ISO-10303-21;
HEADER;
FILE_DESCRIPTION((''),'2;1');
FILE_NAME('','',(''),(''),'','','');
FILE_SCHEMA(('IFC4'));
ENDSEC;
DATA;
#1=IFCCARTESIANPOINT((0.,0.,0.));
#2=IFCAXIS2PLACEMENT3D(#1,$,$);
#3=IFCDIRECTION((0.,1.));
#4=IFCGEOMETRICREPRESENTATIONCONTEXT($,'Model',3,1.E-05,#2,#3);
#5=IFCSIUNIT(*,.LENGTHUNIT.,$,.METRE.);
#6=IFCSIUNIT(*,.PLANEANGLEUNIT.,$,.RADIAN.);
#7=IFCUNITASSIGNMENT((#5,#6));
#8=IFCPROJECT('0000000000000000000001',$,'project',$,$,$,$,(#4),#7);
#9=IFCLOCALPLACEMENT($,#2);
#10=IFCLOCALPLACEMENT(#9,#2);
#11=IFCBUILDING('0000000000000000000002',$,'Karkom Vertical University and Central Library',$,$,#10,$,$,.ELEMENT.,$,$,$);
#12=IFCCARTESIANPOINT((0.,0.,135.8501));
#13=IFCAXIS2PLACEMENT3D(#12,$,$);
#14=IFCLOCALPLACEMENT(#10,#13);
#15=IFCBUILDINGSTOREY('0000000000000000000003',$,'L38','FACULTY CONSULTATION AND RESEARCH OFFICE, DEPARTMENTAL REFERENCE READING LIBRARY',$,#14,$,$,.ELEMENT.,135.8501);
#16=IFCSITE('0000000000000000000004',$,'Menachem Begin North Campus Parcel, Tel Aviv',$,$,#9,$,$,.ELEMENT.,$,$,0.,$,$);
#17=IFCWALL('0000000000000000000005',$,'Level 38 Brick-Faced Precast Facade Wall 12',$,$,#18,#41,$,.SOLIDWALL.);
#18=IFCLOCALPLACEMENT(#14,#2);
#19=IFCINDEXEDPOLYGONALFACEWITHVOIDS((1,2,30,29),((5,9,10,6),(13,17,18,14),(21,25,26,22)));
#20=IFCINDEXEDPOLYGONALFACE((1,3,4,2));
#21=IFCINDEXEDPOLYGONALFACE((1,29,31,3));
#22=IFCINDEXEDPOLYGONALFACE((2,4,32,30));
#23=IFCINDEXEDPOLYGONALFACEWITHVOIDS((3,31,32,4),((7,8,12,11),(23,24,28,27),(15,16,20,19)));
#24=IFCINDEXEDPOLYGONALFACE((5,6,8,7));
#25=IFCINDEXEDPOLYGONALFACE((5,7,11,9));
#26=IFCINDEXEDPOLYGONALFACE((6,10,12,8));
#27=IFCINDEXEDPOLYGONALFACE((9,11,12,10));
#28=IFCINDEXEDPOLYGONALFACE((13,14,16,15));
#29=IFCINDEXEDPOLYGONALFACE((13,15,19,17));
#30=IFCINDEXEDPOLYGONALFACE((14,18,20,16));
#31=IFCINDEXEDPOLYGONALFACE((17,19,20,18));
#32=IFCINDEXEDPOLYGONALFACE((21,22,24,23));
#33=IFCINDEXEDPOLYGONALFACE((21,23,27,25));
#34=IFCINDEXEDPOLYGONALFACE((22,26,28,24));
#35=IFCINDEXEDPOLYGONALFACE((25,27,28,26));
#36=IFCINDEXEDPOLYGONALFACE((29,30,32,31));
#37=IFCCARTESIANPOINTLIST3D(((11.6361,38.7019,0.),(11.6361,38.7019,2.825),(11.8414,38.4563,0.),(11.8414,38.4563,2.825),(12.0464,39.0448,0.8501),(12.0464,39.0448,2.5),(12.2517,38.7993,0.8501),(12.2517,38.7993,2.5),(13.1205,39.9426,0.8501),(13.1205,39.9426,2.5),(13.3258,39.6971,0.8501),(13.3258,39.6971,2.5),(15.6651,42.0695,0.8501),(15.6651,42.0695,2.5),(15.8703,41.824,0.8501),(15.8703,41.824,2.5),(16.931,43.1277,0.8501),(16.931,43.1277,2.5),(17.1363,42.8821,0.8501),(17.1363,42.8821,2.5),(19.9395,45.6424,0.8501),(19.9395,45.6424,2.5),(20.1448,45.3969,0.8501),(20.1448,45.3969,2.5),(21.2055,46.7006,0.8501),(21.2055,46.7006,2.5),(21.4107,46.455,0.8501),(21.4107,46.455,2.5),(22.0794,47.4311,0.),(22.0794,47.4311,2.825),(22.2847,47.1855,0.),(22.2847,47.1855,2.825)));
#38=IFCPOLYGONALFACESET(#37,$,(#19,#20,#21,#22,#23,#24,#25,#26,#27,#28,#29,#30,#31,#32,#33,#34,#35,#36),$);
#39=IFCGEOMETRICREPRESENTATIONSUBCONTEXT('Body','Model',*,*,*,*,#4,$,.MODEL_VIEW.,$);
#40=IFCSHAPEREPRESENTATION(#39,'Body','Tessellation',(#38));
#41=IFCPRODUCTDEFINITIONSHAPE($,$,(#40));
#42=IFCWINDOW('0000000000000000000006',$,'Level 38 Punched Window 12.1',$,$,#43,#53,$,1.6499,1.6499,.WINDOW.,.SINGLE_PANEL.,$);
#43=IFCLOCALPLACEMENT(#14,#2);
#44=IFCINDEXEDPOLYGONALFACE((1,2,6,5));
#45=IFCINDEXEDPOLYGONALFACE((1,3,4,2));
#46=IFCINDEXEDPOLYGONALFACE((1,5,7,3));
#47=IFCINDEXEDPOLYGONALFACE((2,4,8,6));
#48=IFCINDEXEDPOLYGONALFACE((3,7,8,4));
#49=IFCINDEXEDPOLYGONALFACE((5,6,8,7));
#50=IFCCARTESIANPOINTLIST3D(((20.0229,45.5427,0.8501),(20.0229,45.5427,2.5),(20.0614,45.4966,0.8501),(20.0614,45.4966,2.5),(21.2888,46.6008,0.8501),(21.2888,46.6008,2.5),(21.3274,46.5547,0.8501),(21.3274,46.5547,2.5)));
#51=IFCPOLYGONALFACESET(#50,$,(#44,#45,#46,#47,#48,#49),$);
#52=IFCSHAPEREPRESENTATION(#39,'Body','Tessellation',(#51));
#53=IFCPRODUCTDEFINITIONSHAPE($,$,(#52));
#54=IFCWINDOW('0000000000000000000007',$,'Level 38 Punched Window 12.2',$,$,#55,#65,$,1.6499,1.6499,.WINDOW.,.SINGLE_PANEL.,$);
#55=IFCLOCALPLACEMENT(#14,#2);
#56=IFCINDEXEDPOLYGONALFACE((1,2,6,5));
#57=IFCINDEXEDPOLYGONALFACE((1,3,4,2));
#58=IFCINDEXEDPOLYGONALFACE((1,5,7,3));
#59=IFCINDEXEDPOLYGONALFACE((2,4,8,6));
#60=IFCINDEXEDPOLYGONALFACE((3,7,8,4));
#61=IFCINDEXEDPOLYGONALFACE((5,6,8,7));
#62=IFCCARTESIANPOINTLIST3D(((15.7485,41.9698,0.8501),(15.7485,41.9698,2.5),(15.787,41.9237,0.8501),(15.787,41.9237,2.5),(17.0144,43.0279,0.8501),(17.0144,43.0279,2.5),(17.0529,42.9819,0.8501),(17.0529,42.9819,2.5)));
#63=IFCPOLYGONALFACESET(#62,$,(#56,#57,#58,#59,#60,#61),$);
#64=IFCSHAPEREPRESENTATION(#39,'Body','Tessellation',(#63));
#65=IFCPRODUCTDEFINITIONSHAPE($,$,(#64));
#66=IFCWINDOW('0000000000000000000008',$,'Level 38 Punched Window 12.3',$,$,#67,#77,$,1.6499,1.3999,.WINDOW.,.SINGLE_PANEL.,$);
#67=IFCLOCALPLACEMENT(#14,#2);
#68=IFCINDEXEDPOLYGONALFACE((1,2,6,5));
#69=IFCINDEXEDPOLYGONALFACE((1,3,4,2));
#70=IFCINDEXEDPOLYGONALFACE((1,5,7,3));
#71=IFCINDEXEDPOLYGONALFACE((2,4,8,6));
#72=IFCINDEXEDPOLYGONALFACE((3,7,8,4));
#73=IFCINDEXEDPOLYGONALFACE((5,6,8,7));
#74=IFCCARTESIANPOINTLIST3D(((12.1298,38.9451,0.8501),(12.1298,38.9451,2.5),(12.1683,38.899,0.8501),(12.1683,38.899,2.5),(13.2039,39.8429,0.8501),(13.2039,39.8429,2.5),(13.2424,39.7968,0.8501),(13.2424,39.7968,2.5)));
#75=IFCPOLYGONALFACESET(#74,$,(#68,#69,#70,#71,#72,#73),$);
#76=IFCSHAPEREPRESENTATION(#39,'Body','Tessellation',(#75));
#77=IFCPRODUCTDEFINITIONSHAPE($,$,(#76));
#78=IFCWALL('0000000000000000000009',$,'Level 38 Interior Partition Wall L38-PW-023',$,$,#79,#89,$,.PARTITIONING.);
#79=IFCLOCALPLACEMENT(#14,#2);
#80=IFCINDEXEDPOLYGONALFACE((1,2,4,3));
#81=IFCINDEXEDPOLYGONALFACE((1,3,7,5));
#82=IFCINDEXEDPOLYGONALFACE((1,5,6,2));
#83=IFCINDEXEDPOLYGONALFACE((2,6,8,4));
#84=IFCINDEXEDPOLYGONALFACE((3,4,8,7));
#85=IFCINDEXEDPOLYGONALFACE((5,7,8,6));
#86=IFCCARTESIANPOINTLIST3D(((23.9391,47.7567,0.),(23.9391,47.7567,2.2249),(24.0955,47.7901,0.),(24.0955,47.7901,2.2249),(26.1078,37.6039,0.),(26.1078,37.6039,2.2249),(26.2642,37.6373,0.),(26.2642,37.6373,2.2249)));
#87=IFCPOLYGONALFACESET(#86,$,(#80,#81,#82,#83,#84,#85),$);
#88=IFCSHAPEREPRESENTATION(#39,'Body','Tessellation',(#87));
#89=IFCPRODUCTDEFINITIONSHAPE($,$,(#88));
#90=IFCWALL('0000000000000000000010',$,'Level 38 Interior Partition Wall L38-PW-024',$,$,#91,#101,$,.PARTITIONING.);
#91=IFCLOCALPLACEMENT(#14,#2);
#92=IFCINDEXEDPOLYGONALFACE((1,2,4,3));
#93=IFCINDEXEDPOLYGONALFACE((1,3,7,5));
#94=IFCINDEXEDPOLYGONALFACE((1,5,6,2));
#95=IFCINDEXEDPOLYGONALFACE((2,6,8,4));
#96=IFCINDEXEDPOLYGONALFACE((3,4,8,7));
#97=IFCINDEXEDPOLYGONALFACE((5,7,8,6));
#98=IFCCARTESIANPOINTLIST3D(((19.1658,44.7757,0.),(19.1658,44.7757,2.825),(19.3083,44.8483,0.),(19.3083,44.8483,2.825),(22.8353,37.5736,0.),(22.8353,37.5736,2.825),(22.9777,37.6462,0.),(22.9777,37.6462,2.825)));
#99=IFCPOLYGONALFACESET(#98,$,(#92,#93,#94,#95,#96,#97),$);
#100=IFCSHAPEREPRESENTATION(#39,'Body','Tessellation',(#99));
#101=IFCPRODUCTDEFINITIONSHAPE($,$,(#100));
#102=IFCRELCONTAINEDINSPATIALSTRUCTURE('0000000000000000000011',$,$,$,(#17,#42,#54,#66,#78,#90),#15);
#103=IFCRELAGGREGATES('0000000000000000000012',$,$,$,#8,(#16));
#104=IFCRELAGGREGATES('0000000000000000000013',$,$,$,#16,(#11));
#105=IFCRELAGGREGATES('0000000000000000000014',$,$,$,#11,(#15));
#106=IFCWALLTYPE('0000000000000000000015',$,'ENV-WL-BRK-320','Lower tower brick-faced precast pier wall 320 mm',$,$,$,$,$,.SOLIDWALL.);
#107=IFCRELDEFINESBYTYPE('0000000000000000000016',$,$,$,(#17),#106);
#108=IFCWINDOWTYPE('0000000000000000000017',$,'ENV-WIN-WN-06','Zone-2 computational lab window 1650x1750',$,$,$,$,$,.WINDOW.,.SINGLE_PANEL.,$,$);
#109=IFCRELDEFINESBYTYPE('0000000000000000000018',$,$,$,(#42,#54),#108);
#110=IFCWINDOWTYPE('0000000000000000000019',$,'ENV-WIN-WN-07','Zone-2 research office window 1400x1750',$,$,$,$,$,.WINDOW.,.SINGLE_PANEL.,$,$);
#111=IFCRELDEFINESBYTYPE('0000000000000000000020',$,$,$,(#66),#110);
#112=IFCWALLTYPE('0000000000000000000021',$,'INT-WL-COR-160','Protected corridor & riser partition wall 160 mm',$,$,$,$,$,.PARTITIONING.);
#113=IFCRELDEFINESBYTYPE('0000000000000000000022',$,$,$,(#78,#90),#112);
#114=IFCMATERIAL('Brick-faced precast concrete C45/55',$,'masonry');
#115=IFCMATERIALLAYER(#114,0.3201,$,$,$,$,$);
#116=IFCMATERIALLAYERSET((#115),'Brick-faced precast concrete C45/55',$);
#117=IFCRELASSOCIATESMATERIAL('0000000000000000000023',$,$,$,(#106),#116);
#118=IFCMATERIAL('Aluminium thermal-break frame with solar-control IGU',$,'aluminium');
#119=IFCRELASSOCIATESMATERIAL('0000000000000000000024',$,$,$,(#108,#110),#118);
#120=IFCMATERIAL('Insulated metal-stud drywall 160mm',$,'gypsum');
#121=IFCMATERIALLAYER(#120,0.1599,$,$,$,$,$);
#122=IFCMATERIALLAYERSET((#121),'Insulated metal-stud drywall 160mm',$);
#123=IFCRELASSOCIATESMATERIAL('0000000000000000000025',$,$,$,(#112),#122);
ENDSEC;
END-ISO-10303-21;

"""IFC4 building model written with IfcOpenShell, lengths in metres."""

from ifc_helpers import new_model, si_unit, direction, frame, frame_2d, origin, origin_with_axes, place, context, subcontext, project, spatial, rectangle, extrude, source, transform, mapped, material, layer, layer_set, type_object, element, fill, save


model = new_model("IFC4")

# Units and contexts
model_context = context("Model", 3, precision=1e-05, world=origin(), true_north=direction((0.0, 1.0)))
body_context = subcontext(model_context, "Body", "Model", "MODEL_VIEW")
ifc_project = project(units=[si_unit("LENGTHUNIT", "METRE"), si_unit("PLANEANGLEUNIT", "RADIAN")], contexts=[model_context])

# Site, building, storey
site_placement = place(None, origin())
site = spatial("IfcSite", under=ifc_project, at=site_placement, Name="Menachem Begin North Campus Parcel, Tel Aviv", CompositionType="ELEMENT", RefElevation=0.0)
building_placement = place(site_placement, origin())
building = spatial("IfcBuilding", under=site, at=building_placement, Name="Karkom Vertical University and Central Library", CompositionType="ELEMENT")
storey_placement = place(building_placement, frame((0.0, 0.0, 135.8501)))
storey = spatial("IfcBuildingStorey", under=building, at=storey_placement, Name="L38", Description="FACULTY CONSULTATION AND RESEARCH OFFICE, DEPARTMENTAL REFERENCE READING LIBRARY", CompositionType="ELEMENT", Elevation=135.8501)

# Wall, openings, windows
ifc_material_1 = material(Name="Brick-faced precast concrete C45/55", Category="masonry")
ifc_layer_1 = layer(ifc_material_1, 0.3201)
ifc_layer_set_1 = layer_set([ifc_layer_1], Name="Brick-faced precast concrete C45/55")
wall_type_1 = type_object("IfcWallType", Name="ENV-WL-BRK-320", Description="Lower tower brick-faced precast pier wall 320 mm", PredefinedType="SOLIDWALL", material=ifc_layer_set_1)
wall_1_placement = place(storey_placement, frame((22.1821, 47.3083, 0.0), z_axis=(0.0, 0.0, 1.0), x_axis=(-0.767265, -0.64133, 0.0)))
wall_1 = element("IfcWall", 1, at=wall_1_placement, inside=storey, type_object=wall_type_1, Name="Level 38 Brick-Faced Precast Facade Wall 12", PredefinedType="SOLIDWALL", context=body_context, shape_type="SweptSolid", body=[
    extrude(rectangle(XDim=13.6111, YDim=0.3201, at=frame_2d((6.8057, 0.0))), origin(), (0.0, 0.0, 1.0), 2.825),
])
opening_1_placement = place(wall_1_placement, frame((1.1392, 0.0, 0.8501)))
opening_1 = element("IfcOpeningElement", 2, at=opening_1_placement, cuts=wall_1, PredefinedType="OPENING", context=body_context, shape_type="SweptSolid", body=[
    extrude(rectangle(XDim=1.6499, YDim=1.6499, at=frame_2d((0.825, 0.825))), frame((0.0, 0.1699, 0.0), z_axis=(0.0, -1.0, 0.0), x_axis=(1.0, 0.0, 0.0)), (0.0, 0.0, 1.0), 0.3401),
])
opening_2_placement = place(wall_1_placement, frame((6.7102, 0.0, 0.8501)))
opening_2 = element("IfcOpeningElement", 3, at=opening_2_placement, cuts=wall_1, PredefinedType="OPENING", context=body_context, shape_type="SweptSolid", body=[
    extrude(rectangle(XDim=1.6499, YDim=1.6499, at=frame_2d((0.825, 0.825))), frame((0.0, 0.1699, 0.0), z_axis=(0.0, -1.0, 0.0), x_axis=(1.0, 0.0, 0.0)), (0.0, 0.0, 1.0), 0.3401),
])
opening_3_placement = place(wall_1_placement, frame((11.6765, 0.0, 0.8501)))
opening_3 = element("IfcOpeningElement", 4, at=opening_3_placement, cuts=wall_1, PredefinedType="OPENING", context=body_context, shape_type="SweptSolid", body=[
    extrude(rectangle(XDim=1.3999, YDim=1.6499, at=frame_2d((0.7, 0.825))), frame((0.0, 0.1699, 0.0), z_axis=(0.0, -1.0, 0.0), x_axis=(1.0, 0.0, 0.0)), (0.0, 0.0, 1.0), 0.3401),
])
ifc_material_2 = material(Name="Aluminium thermal-break frame with solar-control IGU", Category="aluminium")
window_type_1 = type_object("IfcWindowType", Name="ENV-WIN-WN-06", Description="Zone-2 computational lab window 1650x1750", PartitioningType="SINGLE_PANEL", PredefinedType="WINDOW", material=ifc_material_2)
shared_shape_1 = source(origin_with_axes(), body_context, "Body", "SweptSolid", [
    extrude(rectangle(XDim=1.6499, YDim=1.6499, at=frame_2d((0.825, 0.825))), frame((0.0, 0.03, 0.0), z_axis=(0.0, -1.0, 0.0), x_axis=(1.0, 0.0, 0.0)), (0.0, 0.0, 1.0), 0.0601),
])
window_1_placement = place(opening_1_placement, origin())
window_1 = element("IfcWindow", 5, at=window_1_placement, inside=storey, type_object=window_type_1, Name="Level 38 Punched Window 12.1", OverallHeight=1.6499, OverallWidth=1.6499, PartitioningType="SINGLE_PANEL", PredefinedType="WINDOW", context=body_context, shape_type="MappedRepresentation", body=[
    mapped(shared_shape_1, transform((0.0, 0.0, 0.0), scale=1.0)),
])
fill(opening_1, window_1)
window_2_placement = place(opening_2_placement, origin())
window_2 = element("IfcWindow", 6, at=window_2_placement, inside=storey, type_object=window_type_1, Name="Level 38 Punched Window 12.2", OverallHeight=1.6499, OverallWidth=1.6499, PartitioningType="SINGLE_PANEL", PredefinedType="WINDOW", context=body_context, shape_type="MappedRepresentation", body=[
    mapped(shared_shape_1, transform((0.0, 0.0, 0.0), scale=1.0)),
])
fill(opening_2, window_2)
window_type_2 = type_object("IfcWindowType", Name="ENV-WIN-WN-07", Description="Zone-2 research office window 1400x1750", PartitioningType="SINGLE_PANEL", PredefinedType="WINDOW", material=ifc_material_2)
shared_shape_2 = source(origin_with_axes(), body_context, "Body", "SweptSolid", [
    extrude(rectangle(XDim=1.3999, YDim=1.6499, at=frame_2d((0.7, 0.825))), frame((0.0, 0.03, 0.0), z_axis=(0.0, -1.0, 0.0), x_axis=(1.0, 0.0, 0.0)), (0.0, 0.0, 1.0), 0.0601),
])
window_3_placement = place(opening_3_placement, origin())
window_3 = element("IfcWindow", 7, at=window_3_placement, inside=storey, type_object=window_type_2, Name="Level 38 Punched Window 12.3", OverallHeight=1.6499, OverallWidth=1.3999, PartitioningType="SINGLE_PANEL", PredefinedType="WINDOW", context=body_context, shape_type="MappedRepresentation", body=[
    mapped(shared_shape_2, transform((0.0, 0.0, 0.0), scale=1.0)),
])
fill(opening_3, window_3)

# Walls
ifc_material_3 = material(Name="Insulated metal-stud drywall 160mm", Category="gypsum")
ifc_layer_2 = layer(ifc_material_3, 0.1599)
ifc_layer_set_2 = layer_set([ifc_layer_2], Name="Insulated metal-stud drywall 160mm")
wall_type_2 = type_object("IfcWallType", Name="INT-WL-COR-160", Description="Protected corridor & riser partition wall 160 mm", PredefinedType="PARTITIONING", material=ifc_layer_set_2)
wall_2_placement = place(storey_placement, frame((26.186, 37.6206, 0.0), z_axis=(0.0, 0.0, 1.0), x_axis=(-0.208893, 0.977938, 0.0)))
element("IfcWall", 8, at=wall_2_placement, inside=storey, type_object=wall_type_2, Name="Level 38 Interior Partition Wall L38-PW-023", PredefinedType="PARTITIONING", context=body_context, shape_type="SweptSolid", body=[
    extrude(rectangle(XDim=10.3818, YDim=0.1599, at=frame_2d((5.1909, 0.0))), origin(), (0.0, 0.0, 1.0), 2.2249),
])
wall_3_placement = place(storey_placement, frame((22.9065, 37.6099, 0.0), z_axis=(0.0, 0.0, 1.0), x_axis=(-0.453967, 0.891019, 0.0)))
element("IfcWall", 9, at=wall_3_placement, inside=storey, type_object=wall_type_2, Name="Level 38 Interior Partition Wall L38-PW-024", PredefinedType="PARTITIONING", context=body_context, shape_type="SweptSolid", body=[
    extrude(rectangle(XDim=8.083, YDim=0.1599, at=frame_2d((4.0415, 0.0))), origin(), (0.0, 0.0, 1.0), 2.825),
])

save(model, "model.ifc")
